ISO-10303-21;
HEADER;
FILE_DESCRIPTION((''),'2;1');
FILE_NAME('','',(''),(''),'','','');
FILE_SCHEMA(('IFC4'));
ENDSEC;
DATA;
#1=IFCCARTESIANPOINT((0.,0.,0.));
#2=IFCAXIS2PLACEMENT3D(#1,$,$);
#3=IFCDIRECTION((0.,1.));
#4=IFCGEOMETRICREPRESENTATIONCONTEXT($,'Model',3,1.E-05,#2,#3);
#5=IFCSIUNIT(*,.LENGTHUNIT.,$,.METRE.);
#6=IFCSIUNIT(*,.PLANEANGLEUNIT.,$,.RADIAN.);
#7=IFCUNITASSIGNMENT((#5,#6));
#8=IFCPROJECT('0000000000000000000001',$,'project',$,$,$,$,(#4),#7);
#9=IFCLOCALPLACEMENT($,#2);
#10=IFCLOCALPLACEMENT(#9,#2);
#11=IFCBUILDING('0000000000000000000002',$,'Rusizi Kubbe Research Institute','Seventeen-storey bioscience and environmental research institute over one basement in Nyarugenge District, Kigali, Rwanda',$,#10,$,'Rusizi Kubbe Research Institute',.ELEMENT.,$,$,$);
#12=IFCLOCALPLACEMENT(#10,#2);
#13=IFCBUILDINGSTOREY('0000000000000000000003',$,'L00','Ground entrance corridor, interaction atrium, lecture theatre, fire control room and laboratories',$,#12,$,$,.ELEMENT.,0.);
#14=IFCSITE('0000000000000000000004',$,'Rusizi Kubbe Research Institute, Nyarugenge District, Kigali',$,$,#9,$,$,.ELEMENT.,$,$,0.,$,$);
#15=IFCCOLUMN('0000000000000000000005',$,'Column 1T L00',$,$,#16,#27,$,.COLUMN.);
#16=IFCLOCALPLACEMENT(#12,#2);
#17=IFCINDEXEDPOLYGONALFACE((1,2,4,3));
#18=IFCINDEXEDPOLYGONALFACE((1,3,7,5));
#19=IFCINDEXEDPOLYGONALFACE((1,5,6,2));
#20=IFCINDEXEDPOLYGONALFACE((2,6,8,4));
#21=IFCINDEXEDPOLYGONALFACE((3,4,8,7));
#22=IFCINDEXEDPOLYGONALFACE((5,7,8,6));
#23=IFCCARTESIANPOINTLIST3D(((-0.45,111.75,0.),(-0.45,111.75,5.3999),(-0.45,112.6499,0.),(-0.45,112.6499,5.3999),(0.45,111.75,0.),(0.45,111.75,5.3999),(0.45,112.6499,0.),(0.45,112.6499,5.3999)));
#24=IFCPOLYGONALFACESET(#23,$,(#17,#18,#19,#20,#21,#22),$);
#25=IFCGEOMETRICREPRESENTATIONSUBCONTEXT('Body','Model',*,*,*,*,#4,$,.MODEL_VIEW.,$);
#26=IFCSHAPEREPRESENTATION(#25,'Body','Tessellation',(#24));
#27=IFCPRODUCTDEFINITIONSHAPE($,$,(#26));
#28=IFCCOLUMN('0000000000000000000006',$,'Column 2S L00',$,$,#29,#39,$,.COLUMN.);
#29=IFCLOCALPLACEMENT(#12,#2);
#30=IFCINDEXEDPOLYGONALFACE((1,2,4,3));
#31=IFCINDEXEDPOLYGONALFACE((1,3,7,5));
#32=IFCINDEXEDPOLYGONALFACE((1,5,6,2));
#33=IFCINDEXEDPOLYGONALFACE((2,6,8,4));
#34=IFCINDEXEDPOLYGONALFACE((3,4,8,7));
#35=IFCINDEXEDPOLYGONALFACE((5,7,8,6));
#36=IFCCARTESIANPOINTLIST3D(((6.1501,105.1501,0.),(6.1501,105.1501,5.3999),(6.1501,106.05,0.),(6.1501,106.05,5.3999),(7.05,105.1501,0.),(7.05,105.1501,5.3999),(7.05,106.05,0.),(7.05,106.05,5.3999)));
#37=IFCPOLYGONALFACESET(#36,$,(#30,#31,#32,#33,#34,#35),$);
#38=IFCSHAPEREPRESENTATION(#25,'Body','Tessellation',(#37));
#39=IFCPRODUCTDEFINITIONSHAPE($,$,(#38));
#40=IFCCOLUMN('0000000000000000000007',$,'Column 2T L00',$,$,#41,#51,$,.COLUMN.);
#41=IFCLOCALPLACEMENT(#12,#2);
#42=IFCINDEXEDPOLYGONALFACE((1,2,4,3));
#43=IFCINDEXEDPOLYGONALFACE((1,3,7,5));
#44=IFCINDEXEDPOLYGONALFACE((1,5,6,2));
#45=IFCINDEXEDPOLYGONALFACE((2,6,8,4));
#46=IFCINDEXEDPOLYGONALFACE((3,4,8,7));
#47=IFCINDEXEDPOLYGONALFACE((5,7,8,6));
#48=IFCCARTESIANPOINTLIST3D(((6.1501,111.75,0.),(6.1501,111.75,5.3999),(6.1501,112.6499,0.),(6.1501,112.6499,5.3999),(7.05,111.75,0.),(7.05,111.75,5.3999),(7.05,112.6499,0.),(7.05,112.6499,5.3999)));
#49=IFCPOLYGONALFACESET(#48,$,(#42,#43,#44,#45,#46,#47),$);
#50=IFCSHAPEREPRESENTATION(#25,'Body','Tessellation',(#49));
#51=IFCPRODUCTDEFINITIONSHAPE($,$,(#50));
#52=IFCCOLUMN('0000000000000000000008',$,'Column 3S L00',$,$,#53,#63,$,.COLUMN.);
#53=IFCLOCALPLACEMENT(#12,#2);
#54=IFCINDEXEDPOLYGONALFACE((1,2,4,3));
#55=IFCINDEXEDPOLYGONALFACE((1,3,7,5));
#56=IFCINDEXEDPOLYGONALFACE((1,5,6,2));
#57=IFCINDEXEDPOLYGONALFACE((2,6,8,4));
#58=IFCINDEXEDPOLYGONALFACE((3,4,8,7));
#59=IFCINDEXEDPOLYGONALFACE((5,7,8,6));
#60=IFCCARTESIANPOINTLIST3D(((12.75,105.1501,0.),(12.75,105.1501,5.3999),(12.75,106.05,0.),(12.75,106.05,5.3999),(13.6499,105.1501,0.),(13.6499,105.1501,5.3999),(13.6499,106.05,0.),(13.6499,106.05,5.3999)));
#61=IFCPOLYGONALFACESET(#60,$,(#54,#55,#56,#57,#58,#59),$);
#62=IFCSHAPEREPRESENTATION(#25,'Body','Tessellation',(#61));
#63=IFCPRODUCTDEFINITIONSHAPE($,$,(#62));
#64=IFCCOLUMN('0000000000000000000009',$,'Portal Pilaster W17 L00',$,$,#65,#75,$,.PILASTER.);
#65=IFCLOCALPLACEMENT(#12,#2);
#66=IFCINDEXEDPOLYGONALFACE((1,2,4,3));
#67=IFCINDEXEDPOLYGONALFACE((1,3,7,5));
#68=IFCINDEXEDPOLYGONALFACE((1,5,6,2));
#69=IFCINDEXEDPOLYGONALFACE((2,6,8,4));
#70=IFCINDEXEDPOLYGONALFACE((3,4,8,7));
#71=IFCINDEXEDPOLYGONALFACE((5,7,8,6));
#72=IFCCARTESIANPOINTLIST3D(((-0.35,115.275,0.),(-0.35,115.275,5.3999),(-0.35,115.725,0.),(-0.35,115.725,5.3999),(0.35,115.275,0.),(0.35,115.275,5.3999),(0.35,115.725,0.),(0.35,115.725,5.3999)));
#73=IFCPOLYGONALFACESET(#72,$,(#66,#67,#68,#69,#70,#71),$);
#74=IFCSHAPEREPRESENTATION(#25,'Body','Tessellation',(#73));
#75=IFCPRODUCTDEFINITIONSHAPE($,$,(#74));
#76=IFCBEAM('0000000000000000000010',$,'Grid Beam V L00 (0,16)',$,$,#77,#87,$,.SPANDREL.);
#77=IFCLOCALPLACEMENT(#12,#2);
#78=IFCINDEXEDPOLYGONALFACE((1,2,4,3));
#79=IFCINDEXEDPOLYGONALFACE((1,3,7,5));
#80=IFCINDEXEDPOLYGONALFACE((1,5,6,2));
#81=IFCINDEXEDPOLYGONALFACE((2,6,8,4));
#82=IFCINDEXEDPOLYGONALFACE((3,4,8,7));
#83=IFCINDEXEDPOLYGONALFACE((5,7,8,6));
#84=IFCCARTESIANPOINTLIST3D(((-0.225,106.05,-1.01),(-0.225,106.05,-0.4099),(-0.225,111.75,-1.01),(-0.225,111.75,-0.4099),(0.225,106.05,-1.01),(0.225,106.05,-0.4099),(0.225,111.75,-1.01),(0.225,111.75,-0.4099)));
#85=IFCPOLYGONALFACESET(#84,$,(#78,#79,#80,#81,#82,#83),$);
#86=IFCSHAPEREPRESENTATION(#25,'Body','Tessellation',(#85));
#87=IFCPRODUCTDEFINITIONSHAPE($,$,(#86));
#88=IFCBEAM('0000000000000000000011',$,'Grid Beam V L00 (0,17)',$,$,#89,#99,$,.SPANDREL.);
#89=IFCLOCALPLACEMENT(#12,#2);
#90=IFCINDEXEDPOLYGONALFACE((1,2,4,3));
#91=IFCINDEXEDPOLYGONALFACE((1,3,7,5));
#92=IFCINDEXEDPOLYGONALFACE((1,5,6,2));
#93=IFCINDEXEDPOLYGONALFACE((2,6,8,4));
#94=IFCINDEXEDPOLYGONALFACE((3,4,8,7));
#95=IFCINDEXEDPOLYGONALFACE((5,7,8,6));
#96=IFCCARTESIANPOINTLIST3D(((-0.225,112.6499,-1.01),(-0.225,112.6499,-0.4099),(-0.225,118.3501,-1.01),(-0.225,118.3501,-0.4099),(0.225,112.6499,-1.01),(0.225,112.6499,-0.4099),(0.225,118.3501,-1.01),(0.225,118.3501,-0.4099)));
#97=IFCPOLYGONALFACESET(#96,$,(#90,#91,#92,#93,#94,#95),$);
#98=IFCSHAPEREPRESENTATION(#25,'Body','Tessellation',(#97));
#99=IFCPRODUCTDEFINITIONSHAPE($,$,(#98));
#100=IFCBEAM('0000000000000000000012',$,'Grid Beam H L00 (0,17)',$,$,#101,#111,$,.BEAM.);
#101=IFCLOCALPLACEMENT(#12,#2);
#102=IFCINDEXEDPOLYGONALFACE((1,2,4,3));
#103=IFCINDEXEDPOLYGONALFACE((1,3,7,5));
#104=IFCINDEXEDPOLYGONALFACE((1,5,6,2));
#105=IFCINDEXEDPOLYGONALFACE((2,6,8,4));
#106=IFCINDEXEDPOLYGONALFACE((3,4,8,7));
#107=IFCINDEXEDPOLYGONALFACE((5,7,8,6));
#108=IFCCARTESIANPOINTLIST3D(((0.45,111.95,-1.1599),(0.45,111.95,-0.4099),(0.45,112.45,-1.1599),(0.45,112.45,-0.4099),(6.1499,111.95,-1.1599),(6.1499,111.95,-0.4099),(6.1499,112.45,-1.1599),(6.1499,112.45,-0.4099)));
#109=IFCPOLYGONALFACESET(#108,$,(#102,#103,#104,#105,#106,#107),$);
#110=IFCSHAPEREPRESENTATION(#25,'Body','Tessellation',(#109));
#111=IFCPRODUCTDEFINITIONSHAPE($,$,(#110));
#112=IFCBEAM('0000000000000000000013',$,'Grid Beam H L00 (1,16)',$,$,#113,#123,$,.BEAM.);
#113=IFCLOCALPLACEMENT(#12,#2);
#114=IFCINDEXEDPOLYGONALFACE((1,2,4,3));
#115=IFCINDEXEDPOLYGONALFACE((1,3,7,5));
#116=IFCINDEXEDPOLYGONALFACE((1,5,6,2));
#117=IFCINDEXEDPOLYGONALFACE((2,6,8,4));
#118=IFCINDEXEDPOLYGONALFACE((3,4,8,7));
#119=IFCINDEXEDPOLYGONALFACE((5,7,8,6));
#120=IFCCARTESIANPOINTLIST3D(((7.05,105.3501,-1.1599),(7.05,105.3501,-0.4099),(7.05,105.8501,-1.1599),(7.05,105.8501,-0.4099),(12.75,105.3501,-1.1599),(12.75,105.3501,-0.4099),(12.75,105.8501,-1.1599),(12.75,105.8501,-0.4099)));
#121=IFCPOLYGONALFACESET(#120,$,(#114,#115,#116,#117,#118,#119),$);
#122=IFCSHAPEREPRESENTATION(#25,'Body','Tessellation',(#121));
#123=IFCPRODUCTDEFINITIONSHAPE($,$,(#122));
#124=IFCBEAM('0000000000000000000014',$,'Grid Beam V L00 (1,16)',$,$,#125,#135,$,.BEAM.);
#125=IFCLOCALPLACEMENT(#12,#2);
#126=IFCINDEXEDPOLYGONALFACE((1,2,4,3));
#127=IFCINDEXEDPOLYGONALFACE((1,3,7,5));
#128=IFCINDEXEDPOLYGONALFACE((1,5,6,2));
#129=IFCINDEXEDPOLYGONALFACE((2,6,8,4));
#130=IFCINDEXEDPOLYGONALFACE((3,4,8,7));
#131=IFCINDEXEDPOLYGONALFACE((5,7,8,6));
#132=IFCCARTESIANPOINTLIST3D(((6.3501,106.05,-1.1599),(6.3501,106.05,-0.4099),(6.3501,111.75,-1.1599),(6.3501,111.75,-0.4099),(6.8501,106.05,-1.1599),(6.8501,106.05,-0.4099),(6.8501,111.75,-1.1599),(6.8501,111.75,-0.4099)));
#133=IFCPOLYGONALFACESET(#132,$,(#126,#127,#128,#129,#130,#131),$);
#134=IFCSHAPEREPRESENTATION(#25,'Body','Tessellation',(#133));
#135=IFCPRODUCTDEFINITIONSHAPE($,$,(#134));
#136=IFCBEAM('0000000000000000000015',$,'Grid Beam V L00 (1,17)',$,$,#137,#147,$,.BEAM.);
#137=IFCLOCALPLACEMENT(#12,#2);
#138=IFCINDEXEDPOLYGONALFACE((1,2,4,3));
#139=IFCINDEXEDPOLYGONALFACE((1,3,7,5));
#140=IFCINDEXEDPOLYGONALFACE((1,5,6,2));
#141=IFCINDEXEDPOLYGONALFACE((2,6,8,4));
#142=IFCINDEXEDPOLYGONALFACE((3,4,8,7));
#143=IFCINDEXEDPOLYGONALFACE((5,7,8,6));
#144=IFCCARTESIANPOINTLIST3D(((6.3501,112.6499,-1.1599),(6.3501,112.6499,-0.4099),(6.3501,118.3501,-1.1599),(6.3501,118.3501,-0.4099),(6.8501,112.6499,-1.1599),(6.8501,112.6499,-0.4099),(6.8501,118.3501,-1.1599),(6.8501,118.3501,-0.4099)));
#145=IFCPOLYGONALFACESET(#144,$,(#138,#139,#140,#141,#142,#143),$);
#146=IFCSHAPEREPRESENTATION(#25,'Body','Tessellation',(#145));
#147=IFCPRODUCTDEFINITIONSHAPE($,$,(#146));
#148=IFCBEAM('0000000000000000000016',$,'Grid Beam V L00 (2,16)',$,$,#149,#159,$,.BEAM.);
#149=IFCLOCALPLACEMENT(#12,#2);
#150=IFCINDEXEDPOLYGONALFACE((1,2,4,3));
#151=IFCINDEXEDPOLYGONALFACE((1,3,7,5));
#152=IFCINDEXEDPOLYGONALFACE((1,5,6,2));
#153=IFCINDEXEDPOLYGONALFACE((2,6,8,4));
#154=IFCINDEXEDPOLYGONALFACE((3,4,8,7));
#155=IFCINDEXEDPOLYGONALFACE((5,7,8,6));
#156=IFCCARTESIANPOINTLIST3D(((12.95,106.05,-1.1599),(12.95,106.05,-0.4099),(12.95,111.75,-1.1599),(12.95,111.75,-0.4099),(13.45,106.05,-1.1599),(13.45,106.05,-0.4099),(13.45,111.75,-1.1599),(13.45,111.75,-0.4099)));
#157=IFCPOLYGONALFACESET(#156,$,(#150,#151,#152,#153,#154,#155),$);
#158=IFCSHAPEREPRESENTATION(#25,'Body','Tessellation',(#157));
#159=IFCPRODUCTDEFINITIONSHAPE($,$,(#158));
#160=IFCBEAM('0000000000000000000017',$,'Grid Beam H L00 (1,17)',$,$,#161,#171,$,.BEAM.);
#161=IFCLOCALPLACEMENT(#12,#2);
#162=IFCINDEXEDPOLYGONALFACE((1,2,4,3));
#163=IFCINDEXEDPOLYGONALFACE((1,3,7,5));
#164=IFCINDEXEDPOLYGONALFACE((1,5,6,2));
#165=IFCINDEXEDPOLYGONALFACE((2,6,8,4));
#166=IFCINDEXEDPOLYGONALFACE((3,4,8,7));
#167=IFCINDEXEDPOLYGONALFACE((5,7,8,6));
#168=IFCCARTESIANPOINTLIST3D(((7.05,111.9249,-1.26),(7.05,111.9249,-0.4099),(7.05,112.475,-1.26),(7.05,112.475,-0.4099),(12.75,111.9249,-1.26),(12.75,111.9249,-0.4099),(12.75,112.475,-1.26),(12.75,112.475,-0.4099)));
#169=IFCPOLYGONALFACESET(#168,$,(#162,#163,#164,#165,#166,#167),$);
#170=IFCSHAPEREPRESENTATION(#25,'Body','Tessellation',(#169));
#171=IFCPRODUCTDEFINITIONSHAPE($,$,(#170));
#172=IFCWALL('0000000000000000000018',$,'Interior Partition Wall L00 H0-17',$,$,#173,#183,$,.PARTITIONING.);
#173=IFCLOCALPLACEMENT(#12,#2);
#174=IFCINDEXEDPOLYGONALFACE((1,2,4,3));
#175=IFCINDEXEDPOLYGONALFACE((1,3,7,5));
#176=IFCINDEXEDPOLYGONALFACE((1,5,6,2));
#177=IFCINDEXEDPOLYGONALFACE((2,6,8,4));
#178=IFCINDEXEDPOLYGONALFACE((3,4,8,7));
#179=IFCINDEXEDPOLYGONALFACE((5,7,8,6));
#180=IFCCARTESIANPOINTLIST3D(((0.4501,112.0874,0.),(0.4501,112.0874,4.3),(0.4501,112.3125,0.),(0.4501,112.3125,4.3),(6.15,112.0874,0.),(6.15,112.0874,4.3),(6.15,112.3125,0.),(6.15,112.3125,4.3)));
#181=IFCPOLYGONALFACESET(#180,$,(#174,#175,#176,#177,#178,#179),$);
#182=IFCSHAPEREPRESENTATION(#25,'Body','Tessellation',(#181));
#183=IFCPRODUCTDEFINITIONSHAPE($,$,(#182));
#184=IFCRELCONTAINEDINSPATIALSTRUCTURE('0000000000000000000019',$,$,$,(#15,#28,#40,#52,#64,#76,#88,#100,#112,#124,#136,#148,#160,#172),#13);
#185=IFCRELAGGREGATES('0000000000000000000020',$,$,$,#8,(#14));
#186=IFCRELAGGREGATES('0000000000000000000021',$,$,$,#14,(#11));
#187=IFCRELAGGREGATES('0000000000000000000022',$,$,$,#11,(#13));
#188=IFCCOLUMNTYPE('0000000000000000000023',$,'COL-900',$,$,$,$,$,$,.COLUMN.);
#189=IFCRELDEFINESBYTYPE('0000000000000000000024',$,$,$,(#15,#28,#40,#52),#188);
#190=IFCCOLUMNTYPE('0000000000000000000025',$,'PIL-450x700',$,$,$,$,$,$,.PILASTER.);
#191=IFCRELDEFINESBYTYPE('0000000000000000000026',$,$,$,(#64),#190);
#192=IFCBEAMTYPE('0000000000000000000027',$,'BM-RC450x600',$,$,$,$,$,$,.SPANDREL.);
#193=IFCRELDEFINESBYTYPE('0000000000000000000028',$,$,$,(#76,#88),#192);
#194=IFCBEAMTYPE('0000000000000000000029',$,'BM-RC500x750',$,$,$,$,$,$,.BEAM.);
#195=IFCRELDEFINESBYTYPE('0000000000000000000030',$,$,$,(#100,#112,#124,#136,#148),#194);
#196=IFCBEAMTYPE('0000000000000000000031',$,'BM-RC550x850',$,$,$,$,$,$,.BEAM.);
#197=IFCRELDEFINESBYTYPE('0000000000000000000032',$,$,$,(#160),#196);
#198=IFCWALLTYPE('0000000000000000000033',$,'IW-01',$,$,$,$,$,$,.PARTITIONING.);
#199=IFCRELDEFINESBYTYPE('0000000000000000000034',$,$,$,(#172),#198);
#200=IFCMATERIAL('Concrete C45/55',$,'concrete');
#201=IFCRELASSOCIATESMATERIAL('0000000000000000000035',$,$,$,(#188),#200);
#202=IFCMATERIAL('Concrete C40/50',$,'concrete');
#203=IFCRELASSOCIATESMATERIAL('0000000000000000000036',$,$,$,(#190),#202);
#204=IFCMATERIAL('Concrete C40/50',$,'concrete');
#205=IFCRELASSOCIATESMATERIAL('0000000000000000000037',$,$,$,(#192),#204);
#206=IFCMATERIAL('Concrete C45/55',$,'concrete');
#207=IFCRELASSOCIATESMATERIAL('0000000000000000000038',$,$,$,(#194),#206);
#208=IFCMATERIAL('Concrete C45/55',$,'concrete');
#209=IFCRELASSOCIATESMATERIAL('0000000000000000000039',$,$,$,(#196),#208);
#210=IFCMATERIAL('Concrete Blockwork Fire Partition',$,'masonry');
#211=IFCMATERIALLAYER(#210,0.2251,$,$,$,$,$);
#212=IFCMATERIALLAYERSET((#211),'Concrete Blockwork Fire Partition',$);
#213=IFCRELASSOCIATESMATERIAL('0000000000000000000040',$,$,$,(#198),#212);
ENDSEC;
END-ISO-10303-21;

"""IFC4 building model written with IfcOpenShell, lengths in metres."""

from ifc_helpers import new_model, si_unit, direction, frame, frame_2d, origin, origin_2d, place, context, subcontext, project, spatial, rectangle, extrude, material, layer, layer_set, material_profile, profile_set, type_object, element, save


model = new_model("IFC4")

# Units and contexts
model_context = context("Model", 3, precision=1e-05, world=origin(), true_north=direction((0.0, 1.0)))
body_context = subcontext(model_context, "Body", "Model", "MODEL_VIEW")
ifc_project = project(units=[si_unit("LENGTHUNIT", "METRE"), si_unit("PLANEANGLEUNIT", "RADIAN")], contexts=[model_context])

# Site, building, storey
site_placement = place(None, origin())
site = spatial("IfcSite", under=ifc_project, at=site_placement, Name="Rusizi Kubbe Research Institute, Nyarugenge District, Kigali", CompositionType="ELEMENT", RefElevation=0.0)
building_placement = place(site_placement, origin())
building = spatial("IfcBuilding", under=site, at=building_placement, Name="Rusizi Kubbe Research Institute", Description="Seventeen-storey bioscience and environmental research institute over one basement in Nyarugenge District, Kigali, Rwanda", LongName="Rusizi Kubbe Research Institute", CompositionType="ELEMENT")
storey_placement = place(building_placement, origin())
storey = spatial("IfcBuildingStorey", under=building, at=storey_placement, Name="L00", Description="Ground entrance corridor, interaction atrium, lecture theatre, fire control room and laboratories", CompositionType="ELEMENT", Elevation=0.0)

# Columns
ifc_material_1 = material(Name="Concrete C45/55", Category="concrete")
ifc_material_profile_1 = material_profile(ifc_material_1, rectangle(XDim=0.8999, YDim=0.8999, at=origin_2d()), Name="RC900x900")
ifc_profile_set_1 = profile_set([ifc_material_profile_1], Name="Concrete C45/55")
column_type_1 = type_object("IfcColumnType", Name="COL-900", PredefinedType="COLUMN", material=ifc_profile_set_1)
for number, where, z_axis, x_axis, name in (
    (1, (0.0, 112.2, 0.0), (0.0, 0.0, 1.0), (1.0, 0.0, 0.0), "Column 1T L00"),
    (2, (6.6001, 105.6001, 0.0), (0.0, 0.0, 1.0), (1.0, 0.0, 0.0), "Column 2S L00"),
    (3, (6.6001, 112.2, 0.0), (0.0, 0.0, 1.0), (1.0, 0.0, 0.0), "Column 2T L00"),
    (4, (13.2, 105.6001, 0.0), (0.0, 0.0, 1.0), (1.0, 0.0, 0.0), "Column 3S L00"),
):
    element("IfcColumn", number, at=place(storey_placement, frame(where, z_axis=z_axis, x_axis=x_axis)), inside=storey, type_object=column_type_1, Name=name, PredefinedType="COLUMN", context=body_context, shape_type="SweptSolid", body=[
        extrude(rectangle(XDim=0.8999, YDim=0.8999, at=origin_2d()), origin(), (0.0, 0.0, 1.0), 5.3999),
    ])
ifc_material_2 = material(Name="Concrete C40/50", Category="concrete")
ifc_material_profile_2 = material_profile(ifc_material_2, rectangle(XDim=0.45, YDim=0.7, at=origin_2d()), Name="RC450x700")
ifc_profile_set_2 = profile_set([ifc_material_profile_2], Name="Concrete C40/50")
column_type_2 = type_object("IfcColumnType", Name="PIL-450x700", PredefinedType="PILASTER", material=ifc_profile_set_2)
column_placement = place(storey_placement, frame((0.0, 115.5, 0.0), z_axis=(0.0, 0.0, 1.0), x_axis=(0.0, 1.0, 0.0)))
element("IfcColumn", 5, at=column_placement, inside=storey, type_object=column_type_2, Name="Portal Pilaster W17 L00", PredefinedType="PILASTER", context=body_context, shape_type="SweptSolid", body=[
    extrude(rectangle(XDim=0.45, YDim=0.7, at=origin_2d()), origin(), (0.0, 0.0, 1.0), 5.3999),
])

# Beams
ifc_material_3 = material(Name="Concrete C40/50", Category="concrete")
ifc_material_profile_3 = material_profile(ifc_material_3, rectangle(XDim=0.45, YDim=0.6001, at=origin_2d()), Name="RC450x600")
ifc_profile_set_3 = profile_set([ifc_material_profile_3], Name="Concrete C40/50")
beam_type_1 = type_object("IfcBeamType", Name="BM-RC450x600", PredefinedType="SPANDREL", material=ifc_profile_set_3)
beam_1_placement = place(storey_placement, frame((0.0, 106.05, -0.71), z_axis=(0.0, 1.0, 0.0), x_axis=(-1.0, 0.0, 0.0)))
element("IfcBeam", 6, at=beam_1_placement, inside=storey, type_object=beam_type_1, Name="Grid Beam V L00 (0,16)", PredefinedType="SPANDREL", context=body_context, shape_type="SweptSolid", body=[
    extrude(rectangle(XDim=0.45, YDim=0.6001, at=origin_2d()), origin(), (0.0, 0.0, 1.0), 5.7),
])
beam_2_placement = place(storey_placement, frame((0.0, 112.6499, -0.71), z_axis=(0.0, 1.0, 0.0), x_axis=(-1.0, 0.0, 0.0)))
element("IfcBeam", 7, at=beam_2_placement, inside=storey, type_object=beam_type_1, Name="Grid Beam V L00 (0,17)", PredefinedType="SPANDREL", context=body_context, shape_type="SweptSolid", body=[
    extrude(rectangle(XDim=0.45, YDim=0.6001, at=origin_2d()), origin(), (0.0, 0.0, 1.0), 5.7002),
])
ifc_material_4 = material(Name="Concrete C45/55", Category="concrete")
ifc_material_profile_4 = material_profile(ifc_material_4, rectangle(XDim=0.5, YDim=0.75, at=origin_2d()), Name="RC500x750B")
ifc_profile_set_4 = profile_set([ifc_material_profile_4], Name="Concrete C45/55")
beam_type_2 = type_object("IfcBeamType", Name="BM-RC500x750", PredefinedType="BEAM", material=ifc_profile_set_4)
for number, where, z_axis, x_axis, name in (
    (8, (0.45, 112.2, -0.7849), (1.0, 0.0, 0.0), (0.0, 1.0, 0.0), "Grid Beam H L00 (0,17)"),
    (9, (7.05, 105.6001, -0.7849), (1.0, 0.0, 0.0), (0.0, 1.0, 0.0), "Grid Beam H L00 (1,16)"),
    (10, (6.6001, 106.05, -0.7849), (0.0, 1.0, 0.0), (-1.0, 0.0, 0.0), "Grid Beam V L00 (1,16)"),
):
    element("IfcBeam", number, at=place(storey_placement, frame(where, z_axis=z_axis, x_axis=x_axis)), inside=storey, type_object=beam_type_2, Name=name, PredefinedType="BEAM", context=body_context, shape_type="SweptSolid", body=[
        extrude(rectangle(XDim=0.5, YDim=0.75, at=origin_2d()), origin(), (0.0, 0.0, 1.0), 5.7),
    ])
beam_3_placement = place(storey_placement, frame((6.6001, 112.6499, -0.7849), z_axis=(0.0, 1.0, 0.0), x_axis=(-1.0, 0.0, 0.0)))
element("IfcBeam", 11, at=beam_3_placement, inside=storey, type_object=beam_type_2, Name="Grid Beam V L00 (1,17)", PredefinedType="BEAM", context=body_context, shape_type="SweptSolid", body=[
    extrude(rectangle(XDim=0.5, YDim=0.75, at=origin_2d()), origin(), (0.0, 0.0, 1.0), 5.7002),
])
beam_4_placement = place(storey_placement, frame((13.2, 106.05, -0.7849), z_axis=(0.0, 1.0, 0.0), x_axis=(-1.0, 0.0, 0.0)))
element("IfcBeam", 12, at=beam_4_placement, inside=storey, type_object=beam_type_2, Name="Grid Beam V L00 (2,16)", PredefinedType="BEAM", context=body_context, shape_type="SweptSolid", body=[
    extrude(rectangle(XDim=0.5, YDim=0.75, at=origin_2d()), origin(), (0.0, 0.0, 1.0), 5.7),
])
ifc_material_5 = material(Name="Concrete C45/55", Category="concrete")
ifc_material_profile_5 = material_profile(ifc_material_5, rectangle(XDim=0.55, YDim=0.8501, at=origin_2d()), Name="RC550x850")
ifc_profile_set_5 = profile_set([ifc_material_profile_5], Name="Concrete C45/55")
beam_type_3 = type_object("IfcBeamType", Name="BM-RC550x850", PredefinedType="BEAM", material=ifc_profile_set_5)
beam_5_placement = place(storey_placement, frame((7.05, 112.2, -0.835), z_axis=(1.0, 0.0, 0.0), x_axis=(0.0, 1.0, 0.0)))
element("IfcBeam", 13, at=beam_5_placement, inside=storey, type_object=beam_type_3, Name="Grid Beam H L00 (1,17)", PredefinedType="BEAM", context=body_context, shape_type="SweptSolid", body=[
    extrude(rectangle(XDim=0.55, YDim=0.8501, at=origin_2d()), origin(), (0.0, 0.0, 1.0), 5.7),
])

# Wall
ifc_material_6 = material(Name="Concrete Blockwork Fire Partition", Category="masonry")
ifc_layer_1 = layer(ifc_material_6, 0.2251)
ifc_layer_set_1 = layer_set([ifc_layer_1], Name="Concrete Blockwork Fire Partition")
wall_type_1 = type_object("IfcWallType", Name="IW-01", PredefinedType="PARTITIONING", material=ifc_layer_set_1)
wall_1_placement = place(storey_placement, frame((0.45, 112.2, 0.0), z_axis=(0.0, 0.0, 1.0), x_axis=(1.0, 0.0, 0.0)))
element("IfcWall", 14, at=wall_1_placement, inside=storey, type_object=wall_type_1, Name="Interior Partition Wall L00 H0-17", PredefinedType="PARTITIONING", context=body_context, shape_type="SweptSolid", body=[
    extrude(rectangle(XDim=5.7, YDim=0.2251, at=frame_2d((2.8501, 0.0))), origin(), (0.0, 0.0, 1.0), 4.3),
])

save(model, "model.ifc")
